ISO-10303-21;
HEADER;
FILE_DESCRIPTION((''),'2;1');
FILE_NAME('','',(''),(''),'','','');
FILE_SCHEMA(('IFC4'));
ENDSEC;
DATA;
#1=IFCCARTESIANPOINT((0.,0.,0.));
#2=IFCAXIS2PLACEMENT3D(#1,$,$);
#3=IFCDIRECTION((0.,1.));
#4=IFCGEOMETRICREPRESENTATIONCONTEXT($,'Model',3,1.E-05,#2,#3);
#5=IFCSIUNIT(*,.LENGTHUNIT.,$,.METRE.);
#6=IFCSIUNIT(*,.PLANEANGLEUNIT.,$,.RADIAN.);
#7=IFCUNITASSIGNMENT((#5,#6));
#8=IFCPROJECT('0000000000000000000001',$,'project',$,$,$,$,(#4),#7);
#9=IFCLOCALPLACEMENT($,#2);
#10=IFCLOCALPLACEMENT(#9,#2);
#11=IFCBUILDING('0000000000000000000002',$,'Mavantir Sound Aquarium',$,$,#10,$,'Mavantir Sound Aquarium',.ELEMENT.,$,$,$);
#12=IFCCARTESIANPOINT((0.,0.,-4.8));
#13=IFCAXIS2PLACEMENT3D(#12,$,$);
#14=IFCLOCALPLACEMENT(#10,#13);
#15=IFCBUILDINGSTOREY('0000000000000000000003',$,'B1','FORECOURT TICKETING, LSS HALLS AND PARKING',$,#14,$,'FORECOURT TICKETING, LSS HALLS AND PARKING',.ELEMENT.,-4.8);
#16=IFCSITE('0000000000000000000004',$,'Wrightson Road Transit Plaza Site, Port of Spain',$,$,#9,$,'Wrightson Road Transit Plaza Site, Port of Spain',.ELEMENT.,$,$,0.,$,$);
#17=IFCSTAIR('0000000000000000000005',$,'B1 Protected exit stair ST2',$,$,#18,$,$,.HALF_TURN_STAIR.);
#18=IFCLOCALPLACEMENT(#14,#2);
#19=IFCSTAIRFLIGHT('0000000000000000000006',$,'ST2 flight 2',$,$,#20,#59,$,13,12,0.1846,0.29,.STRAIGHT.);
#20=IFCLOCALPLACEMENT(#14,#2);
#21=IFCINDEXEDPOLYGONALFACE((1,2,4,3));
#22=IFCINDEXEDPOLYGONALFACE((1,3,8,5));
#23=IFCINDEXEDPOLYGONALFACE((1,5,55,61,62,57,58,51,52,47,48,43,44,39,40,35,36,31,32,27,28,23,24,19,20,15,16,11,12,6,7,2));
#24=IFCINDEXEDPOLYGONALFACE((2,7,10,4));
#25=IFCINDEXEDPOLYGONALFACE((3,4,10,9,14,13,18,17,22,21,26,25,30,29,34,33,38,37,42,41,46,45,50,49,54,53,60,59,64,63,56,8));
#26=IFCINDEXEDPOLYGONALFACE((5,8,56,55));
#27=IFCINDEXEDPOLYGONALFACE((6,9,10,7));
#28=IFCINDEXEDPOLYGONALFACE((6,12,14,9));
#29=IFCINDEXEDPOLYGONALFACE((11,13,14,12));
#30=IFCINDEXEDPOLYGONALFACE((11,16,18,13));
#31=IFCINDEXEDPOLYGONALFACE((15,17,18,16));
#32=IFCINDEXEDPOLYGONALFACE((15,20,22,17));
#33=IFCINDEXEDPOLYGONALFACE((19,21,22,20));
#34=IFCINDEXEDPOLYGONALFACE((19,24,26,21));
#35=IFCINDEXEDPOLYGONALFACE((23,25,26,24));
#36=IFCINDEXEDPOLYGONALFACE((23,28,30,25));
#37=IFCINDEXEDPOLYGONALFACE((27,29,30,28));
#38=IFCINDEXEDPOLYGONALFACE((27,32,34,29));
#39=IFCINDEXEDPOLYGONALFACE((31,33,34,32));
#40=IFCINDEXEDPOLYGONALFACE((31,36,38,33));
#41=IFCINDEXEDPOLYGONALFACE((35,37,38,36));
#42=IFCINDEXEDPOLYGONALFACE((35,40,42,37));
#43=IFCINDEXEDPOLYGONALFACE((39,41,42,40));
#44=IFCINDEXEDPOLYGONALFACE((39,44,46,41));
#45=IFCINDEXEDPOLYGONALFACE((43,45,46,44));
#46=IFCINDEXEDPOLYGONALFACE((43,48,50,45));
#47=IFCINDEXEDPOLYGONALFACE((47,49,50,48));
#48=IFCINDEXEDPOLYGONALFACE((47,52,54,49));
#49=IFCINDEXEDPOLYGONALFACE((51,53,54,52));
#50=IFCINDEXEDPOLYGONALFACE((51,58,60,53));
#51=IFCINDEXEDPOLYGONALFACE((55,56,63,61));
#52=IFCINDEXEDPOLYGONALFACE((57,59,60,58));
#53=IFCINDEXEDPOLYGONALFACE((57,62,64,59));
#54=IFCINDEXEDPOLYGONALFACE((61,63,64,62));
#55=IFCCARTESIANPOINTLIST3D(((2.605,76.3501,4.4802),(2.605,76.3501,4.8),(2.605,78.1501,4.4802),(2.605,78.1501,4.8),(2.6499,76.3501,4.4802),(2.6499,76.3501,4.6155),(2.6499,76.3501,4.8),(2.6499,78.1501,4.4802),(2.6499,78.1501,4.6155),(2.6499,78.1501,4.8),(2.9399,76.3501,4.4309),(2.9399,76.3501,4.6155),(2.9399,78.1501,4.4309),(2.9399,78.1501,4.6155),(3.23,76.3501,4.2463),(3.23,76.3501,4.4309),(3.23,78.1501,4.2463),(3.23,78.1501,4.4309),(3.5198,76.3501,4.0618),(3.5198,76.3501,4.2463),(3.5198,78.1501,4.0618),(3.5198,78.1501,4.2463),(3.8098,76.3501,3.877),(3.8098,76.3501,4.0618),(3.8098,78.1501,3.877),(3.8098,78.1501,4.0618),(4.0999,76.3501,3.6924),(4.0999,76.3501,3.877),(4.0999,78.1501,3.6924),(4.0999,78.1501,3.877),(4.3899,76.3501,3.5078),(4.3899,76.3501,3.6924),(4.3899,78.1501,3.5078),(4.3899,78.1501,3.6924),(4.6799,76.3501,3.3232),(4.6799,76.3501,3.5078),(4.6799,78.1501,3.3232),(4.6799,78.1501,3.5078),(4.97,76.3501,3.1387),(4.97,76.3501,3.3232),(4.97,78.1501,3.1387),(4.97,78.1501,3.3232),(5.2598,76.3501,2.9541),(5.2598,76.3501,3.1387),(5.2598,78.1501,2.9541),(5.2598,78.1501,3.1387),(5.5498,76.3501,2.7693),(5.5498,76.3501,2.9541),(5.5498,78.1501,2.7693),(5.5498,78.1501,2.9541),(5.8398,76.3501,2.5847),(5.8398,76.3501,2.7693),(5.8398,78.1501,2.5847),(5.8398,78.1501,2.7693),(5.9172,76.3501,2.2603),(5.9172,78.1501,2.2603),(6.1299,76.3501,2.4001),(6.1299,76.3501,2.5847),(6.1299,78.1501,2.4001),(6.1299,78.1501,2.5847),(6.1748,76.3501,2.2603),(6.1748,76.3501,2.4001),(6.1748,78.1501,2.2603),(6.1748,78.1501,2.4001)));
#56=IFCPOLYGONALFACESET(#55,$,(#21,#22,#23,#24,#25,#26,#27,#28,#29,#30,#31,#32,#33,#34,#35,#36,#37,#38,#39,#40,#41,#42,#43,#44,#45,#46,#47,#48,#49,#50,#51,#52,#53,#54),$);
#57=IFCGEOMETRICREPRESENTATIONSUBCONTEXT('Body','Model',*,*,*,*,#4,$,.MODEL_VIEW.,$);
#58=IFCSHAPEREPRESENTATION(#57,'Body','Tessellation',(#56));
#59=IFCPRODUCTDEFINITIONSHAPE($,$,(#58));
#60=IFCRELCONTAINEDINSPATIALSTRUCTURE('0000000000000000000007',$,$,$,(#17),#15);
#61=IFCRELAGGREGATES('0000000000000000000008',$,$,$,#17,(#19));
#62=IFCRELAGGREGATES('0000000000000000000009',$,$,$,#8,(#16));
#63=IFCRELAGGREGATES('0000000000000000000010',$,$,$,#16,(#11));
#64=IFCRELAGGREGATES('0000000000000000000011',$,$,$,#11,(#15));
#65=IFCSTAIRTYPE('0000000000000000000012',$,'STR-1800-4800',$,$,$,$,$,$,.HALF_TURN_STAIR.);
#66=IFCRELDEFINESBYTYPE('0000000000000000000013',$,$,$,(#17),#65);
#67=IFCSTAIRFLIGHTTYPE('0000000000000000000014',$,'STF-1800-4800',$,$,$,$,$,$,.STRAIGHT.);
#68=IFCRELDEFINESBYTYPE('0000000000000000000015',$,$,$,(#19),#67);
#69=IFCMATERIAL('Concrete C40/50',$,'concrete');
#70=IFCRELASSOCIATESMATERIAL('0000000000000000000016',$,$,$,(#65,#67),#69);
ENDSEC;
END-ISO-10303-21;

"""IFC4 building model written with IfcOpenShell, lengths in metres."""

from ifc_helpers import new_model, si_unit, direction, frame, origin, place, context, subcontext, project, spatial, polyline, outline, extrude, material, type_object, element, aggregate, save


model = new_model("IFC4")

# Units and contexts
model_context = context("Model", 3, precision=1e-05, world=origin(), true_north=direction((0.0, 1.0)))
body_context = subcontext(model_context, "Body", "Model", "MODEL_VIEW")
ifc_project = project(units=[si_unit("LENGTHUNIT", "METRE"), si_unit("PLANEANGLEUNIT", "RADIAN")], contexts=[model_context])

# Site, building, storey
site_placement = place(None, origin())
site = spatial("IfcSite", under=ifc_project, at=site_placement, Name="Wrightson Road Transit Plaza Site, Port of Spain", LongName="Wrightson Road Transit Plaza Site, Port of Spain", CompositionType="ELEMENT", RefElevation=0.0)
building_placement = place(site_placement, origin())
building = spatial("IfcBuilding", under=site, at=building_placement, Name="Mavantir Sound Aquarium", LongName="Mavantir Sound Aquarium", CompositionType="ELEMENT")
storey_placement = place(building_placement, frame((0.0, 0.0, -4.8)))
storey = spatial("IfcBuildingStorey", under=building, at=storey_placement, Name="B1", Description="FORECOURT TICKETING, LSS HALLS AND PARKING", LongName="FORECOURT TICKETING, LSS HALLS AND PARKING", CompositionType="ELEMENT", Elevation=-4.8)

# Shared definitions
ifc_material_1 = material(Name="Concrete C40/50", Category="concrete")

# Stair, stair flight
stair_type = type_object("IfcStairType", Name="STR-1800-4800", PredefinedType="HALF_TURN_STAIR", material=ifc_material_1)
stair_placement = place(storey_placement, origin())
stair = element("IfcStair", 1, at=stair_placement, inside=storey, type_object=stair_type, Name="B1 Protected exit stair ST2", PredefinedType="HALF_TURN_STAIR")
stair_flight_type = type_object("IfcStairFlightType", Name="STF-1800-4800", PredefinedType="STRAIGHT", material=ifc_material_1)
stair_flight_1_placement = place(storey_placement, frame((6.1299, 77.25, 2.4001), z_axis=(0.0, 0.0, 1.0), x_axis=(-1.0, 0.0, 0.0)))
stair_flight_1 = element("IfcStairFlight", 2, at=stair_flight_1_placement, type_object=stair_flight_type, Name="ST2 flight 2", NumberOfRisers=13, NumberOfTreads=12, PredefinedType="STRAIGHT", RiserHeight=0.1846, TreadLength=0.29, context=body_context, shape_type="SweptSolid", body=[
    extrude(outline(polyline([(-0.0449, -0.1399), (-0.0449, 0.0), (0.0, 0.0), (0.0, 0.1846), (0.29, 0.1846), (0.29, 0.3691), (0.5801, 0.3691), (0.5801, 0.554), (0.8701, 0.554), (0.8701, 0.7385), (1.1599, 0.7385), (1.1599, 0.9231), (1.45, 0.9231), (1.45, 1.1077), (1.74, 1.1077), (1.74, 1.2922), (2.03, 1.2922), (2.03, 1.4768), (2.3201, 1.4768), (2.3201, 1.6616), (2.6101, 1.6616), (2.6101, 1.8462), (2.8999, 1.8462), (2.8999, 2.0308), (3.1899, 2.0308), (3.1899, 2.2153), (3.48, 2.2153), (3.48, 2.3999), (3.5249, 2.3999), (3.5249, 2.0801), (3.48, 2.0801), (0.2126, -0.1399), (-0.0449, -0.1399)])), frame((0.0, 0.8999, 0.0), z_axis=(0.0, -1.0, 0.0), x_axis=(1.0, 0.0, 0.0)), (0.0, 0.0, 1.0), 1.8),
])
aggregate(stair, [stair_flight_1])

save(model, "model.ifc")
